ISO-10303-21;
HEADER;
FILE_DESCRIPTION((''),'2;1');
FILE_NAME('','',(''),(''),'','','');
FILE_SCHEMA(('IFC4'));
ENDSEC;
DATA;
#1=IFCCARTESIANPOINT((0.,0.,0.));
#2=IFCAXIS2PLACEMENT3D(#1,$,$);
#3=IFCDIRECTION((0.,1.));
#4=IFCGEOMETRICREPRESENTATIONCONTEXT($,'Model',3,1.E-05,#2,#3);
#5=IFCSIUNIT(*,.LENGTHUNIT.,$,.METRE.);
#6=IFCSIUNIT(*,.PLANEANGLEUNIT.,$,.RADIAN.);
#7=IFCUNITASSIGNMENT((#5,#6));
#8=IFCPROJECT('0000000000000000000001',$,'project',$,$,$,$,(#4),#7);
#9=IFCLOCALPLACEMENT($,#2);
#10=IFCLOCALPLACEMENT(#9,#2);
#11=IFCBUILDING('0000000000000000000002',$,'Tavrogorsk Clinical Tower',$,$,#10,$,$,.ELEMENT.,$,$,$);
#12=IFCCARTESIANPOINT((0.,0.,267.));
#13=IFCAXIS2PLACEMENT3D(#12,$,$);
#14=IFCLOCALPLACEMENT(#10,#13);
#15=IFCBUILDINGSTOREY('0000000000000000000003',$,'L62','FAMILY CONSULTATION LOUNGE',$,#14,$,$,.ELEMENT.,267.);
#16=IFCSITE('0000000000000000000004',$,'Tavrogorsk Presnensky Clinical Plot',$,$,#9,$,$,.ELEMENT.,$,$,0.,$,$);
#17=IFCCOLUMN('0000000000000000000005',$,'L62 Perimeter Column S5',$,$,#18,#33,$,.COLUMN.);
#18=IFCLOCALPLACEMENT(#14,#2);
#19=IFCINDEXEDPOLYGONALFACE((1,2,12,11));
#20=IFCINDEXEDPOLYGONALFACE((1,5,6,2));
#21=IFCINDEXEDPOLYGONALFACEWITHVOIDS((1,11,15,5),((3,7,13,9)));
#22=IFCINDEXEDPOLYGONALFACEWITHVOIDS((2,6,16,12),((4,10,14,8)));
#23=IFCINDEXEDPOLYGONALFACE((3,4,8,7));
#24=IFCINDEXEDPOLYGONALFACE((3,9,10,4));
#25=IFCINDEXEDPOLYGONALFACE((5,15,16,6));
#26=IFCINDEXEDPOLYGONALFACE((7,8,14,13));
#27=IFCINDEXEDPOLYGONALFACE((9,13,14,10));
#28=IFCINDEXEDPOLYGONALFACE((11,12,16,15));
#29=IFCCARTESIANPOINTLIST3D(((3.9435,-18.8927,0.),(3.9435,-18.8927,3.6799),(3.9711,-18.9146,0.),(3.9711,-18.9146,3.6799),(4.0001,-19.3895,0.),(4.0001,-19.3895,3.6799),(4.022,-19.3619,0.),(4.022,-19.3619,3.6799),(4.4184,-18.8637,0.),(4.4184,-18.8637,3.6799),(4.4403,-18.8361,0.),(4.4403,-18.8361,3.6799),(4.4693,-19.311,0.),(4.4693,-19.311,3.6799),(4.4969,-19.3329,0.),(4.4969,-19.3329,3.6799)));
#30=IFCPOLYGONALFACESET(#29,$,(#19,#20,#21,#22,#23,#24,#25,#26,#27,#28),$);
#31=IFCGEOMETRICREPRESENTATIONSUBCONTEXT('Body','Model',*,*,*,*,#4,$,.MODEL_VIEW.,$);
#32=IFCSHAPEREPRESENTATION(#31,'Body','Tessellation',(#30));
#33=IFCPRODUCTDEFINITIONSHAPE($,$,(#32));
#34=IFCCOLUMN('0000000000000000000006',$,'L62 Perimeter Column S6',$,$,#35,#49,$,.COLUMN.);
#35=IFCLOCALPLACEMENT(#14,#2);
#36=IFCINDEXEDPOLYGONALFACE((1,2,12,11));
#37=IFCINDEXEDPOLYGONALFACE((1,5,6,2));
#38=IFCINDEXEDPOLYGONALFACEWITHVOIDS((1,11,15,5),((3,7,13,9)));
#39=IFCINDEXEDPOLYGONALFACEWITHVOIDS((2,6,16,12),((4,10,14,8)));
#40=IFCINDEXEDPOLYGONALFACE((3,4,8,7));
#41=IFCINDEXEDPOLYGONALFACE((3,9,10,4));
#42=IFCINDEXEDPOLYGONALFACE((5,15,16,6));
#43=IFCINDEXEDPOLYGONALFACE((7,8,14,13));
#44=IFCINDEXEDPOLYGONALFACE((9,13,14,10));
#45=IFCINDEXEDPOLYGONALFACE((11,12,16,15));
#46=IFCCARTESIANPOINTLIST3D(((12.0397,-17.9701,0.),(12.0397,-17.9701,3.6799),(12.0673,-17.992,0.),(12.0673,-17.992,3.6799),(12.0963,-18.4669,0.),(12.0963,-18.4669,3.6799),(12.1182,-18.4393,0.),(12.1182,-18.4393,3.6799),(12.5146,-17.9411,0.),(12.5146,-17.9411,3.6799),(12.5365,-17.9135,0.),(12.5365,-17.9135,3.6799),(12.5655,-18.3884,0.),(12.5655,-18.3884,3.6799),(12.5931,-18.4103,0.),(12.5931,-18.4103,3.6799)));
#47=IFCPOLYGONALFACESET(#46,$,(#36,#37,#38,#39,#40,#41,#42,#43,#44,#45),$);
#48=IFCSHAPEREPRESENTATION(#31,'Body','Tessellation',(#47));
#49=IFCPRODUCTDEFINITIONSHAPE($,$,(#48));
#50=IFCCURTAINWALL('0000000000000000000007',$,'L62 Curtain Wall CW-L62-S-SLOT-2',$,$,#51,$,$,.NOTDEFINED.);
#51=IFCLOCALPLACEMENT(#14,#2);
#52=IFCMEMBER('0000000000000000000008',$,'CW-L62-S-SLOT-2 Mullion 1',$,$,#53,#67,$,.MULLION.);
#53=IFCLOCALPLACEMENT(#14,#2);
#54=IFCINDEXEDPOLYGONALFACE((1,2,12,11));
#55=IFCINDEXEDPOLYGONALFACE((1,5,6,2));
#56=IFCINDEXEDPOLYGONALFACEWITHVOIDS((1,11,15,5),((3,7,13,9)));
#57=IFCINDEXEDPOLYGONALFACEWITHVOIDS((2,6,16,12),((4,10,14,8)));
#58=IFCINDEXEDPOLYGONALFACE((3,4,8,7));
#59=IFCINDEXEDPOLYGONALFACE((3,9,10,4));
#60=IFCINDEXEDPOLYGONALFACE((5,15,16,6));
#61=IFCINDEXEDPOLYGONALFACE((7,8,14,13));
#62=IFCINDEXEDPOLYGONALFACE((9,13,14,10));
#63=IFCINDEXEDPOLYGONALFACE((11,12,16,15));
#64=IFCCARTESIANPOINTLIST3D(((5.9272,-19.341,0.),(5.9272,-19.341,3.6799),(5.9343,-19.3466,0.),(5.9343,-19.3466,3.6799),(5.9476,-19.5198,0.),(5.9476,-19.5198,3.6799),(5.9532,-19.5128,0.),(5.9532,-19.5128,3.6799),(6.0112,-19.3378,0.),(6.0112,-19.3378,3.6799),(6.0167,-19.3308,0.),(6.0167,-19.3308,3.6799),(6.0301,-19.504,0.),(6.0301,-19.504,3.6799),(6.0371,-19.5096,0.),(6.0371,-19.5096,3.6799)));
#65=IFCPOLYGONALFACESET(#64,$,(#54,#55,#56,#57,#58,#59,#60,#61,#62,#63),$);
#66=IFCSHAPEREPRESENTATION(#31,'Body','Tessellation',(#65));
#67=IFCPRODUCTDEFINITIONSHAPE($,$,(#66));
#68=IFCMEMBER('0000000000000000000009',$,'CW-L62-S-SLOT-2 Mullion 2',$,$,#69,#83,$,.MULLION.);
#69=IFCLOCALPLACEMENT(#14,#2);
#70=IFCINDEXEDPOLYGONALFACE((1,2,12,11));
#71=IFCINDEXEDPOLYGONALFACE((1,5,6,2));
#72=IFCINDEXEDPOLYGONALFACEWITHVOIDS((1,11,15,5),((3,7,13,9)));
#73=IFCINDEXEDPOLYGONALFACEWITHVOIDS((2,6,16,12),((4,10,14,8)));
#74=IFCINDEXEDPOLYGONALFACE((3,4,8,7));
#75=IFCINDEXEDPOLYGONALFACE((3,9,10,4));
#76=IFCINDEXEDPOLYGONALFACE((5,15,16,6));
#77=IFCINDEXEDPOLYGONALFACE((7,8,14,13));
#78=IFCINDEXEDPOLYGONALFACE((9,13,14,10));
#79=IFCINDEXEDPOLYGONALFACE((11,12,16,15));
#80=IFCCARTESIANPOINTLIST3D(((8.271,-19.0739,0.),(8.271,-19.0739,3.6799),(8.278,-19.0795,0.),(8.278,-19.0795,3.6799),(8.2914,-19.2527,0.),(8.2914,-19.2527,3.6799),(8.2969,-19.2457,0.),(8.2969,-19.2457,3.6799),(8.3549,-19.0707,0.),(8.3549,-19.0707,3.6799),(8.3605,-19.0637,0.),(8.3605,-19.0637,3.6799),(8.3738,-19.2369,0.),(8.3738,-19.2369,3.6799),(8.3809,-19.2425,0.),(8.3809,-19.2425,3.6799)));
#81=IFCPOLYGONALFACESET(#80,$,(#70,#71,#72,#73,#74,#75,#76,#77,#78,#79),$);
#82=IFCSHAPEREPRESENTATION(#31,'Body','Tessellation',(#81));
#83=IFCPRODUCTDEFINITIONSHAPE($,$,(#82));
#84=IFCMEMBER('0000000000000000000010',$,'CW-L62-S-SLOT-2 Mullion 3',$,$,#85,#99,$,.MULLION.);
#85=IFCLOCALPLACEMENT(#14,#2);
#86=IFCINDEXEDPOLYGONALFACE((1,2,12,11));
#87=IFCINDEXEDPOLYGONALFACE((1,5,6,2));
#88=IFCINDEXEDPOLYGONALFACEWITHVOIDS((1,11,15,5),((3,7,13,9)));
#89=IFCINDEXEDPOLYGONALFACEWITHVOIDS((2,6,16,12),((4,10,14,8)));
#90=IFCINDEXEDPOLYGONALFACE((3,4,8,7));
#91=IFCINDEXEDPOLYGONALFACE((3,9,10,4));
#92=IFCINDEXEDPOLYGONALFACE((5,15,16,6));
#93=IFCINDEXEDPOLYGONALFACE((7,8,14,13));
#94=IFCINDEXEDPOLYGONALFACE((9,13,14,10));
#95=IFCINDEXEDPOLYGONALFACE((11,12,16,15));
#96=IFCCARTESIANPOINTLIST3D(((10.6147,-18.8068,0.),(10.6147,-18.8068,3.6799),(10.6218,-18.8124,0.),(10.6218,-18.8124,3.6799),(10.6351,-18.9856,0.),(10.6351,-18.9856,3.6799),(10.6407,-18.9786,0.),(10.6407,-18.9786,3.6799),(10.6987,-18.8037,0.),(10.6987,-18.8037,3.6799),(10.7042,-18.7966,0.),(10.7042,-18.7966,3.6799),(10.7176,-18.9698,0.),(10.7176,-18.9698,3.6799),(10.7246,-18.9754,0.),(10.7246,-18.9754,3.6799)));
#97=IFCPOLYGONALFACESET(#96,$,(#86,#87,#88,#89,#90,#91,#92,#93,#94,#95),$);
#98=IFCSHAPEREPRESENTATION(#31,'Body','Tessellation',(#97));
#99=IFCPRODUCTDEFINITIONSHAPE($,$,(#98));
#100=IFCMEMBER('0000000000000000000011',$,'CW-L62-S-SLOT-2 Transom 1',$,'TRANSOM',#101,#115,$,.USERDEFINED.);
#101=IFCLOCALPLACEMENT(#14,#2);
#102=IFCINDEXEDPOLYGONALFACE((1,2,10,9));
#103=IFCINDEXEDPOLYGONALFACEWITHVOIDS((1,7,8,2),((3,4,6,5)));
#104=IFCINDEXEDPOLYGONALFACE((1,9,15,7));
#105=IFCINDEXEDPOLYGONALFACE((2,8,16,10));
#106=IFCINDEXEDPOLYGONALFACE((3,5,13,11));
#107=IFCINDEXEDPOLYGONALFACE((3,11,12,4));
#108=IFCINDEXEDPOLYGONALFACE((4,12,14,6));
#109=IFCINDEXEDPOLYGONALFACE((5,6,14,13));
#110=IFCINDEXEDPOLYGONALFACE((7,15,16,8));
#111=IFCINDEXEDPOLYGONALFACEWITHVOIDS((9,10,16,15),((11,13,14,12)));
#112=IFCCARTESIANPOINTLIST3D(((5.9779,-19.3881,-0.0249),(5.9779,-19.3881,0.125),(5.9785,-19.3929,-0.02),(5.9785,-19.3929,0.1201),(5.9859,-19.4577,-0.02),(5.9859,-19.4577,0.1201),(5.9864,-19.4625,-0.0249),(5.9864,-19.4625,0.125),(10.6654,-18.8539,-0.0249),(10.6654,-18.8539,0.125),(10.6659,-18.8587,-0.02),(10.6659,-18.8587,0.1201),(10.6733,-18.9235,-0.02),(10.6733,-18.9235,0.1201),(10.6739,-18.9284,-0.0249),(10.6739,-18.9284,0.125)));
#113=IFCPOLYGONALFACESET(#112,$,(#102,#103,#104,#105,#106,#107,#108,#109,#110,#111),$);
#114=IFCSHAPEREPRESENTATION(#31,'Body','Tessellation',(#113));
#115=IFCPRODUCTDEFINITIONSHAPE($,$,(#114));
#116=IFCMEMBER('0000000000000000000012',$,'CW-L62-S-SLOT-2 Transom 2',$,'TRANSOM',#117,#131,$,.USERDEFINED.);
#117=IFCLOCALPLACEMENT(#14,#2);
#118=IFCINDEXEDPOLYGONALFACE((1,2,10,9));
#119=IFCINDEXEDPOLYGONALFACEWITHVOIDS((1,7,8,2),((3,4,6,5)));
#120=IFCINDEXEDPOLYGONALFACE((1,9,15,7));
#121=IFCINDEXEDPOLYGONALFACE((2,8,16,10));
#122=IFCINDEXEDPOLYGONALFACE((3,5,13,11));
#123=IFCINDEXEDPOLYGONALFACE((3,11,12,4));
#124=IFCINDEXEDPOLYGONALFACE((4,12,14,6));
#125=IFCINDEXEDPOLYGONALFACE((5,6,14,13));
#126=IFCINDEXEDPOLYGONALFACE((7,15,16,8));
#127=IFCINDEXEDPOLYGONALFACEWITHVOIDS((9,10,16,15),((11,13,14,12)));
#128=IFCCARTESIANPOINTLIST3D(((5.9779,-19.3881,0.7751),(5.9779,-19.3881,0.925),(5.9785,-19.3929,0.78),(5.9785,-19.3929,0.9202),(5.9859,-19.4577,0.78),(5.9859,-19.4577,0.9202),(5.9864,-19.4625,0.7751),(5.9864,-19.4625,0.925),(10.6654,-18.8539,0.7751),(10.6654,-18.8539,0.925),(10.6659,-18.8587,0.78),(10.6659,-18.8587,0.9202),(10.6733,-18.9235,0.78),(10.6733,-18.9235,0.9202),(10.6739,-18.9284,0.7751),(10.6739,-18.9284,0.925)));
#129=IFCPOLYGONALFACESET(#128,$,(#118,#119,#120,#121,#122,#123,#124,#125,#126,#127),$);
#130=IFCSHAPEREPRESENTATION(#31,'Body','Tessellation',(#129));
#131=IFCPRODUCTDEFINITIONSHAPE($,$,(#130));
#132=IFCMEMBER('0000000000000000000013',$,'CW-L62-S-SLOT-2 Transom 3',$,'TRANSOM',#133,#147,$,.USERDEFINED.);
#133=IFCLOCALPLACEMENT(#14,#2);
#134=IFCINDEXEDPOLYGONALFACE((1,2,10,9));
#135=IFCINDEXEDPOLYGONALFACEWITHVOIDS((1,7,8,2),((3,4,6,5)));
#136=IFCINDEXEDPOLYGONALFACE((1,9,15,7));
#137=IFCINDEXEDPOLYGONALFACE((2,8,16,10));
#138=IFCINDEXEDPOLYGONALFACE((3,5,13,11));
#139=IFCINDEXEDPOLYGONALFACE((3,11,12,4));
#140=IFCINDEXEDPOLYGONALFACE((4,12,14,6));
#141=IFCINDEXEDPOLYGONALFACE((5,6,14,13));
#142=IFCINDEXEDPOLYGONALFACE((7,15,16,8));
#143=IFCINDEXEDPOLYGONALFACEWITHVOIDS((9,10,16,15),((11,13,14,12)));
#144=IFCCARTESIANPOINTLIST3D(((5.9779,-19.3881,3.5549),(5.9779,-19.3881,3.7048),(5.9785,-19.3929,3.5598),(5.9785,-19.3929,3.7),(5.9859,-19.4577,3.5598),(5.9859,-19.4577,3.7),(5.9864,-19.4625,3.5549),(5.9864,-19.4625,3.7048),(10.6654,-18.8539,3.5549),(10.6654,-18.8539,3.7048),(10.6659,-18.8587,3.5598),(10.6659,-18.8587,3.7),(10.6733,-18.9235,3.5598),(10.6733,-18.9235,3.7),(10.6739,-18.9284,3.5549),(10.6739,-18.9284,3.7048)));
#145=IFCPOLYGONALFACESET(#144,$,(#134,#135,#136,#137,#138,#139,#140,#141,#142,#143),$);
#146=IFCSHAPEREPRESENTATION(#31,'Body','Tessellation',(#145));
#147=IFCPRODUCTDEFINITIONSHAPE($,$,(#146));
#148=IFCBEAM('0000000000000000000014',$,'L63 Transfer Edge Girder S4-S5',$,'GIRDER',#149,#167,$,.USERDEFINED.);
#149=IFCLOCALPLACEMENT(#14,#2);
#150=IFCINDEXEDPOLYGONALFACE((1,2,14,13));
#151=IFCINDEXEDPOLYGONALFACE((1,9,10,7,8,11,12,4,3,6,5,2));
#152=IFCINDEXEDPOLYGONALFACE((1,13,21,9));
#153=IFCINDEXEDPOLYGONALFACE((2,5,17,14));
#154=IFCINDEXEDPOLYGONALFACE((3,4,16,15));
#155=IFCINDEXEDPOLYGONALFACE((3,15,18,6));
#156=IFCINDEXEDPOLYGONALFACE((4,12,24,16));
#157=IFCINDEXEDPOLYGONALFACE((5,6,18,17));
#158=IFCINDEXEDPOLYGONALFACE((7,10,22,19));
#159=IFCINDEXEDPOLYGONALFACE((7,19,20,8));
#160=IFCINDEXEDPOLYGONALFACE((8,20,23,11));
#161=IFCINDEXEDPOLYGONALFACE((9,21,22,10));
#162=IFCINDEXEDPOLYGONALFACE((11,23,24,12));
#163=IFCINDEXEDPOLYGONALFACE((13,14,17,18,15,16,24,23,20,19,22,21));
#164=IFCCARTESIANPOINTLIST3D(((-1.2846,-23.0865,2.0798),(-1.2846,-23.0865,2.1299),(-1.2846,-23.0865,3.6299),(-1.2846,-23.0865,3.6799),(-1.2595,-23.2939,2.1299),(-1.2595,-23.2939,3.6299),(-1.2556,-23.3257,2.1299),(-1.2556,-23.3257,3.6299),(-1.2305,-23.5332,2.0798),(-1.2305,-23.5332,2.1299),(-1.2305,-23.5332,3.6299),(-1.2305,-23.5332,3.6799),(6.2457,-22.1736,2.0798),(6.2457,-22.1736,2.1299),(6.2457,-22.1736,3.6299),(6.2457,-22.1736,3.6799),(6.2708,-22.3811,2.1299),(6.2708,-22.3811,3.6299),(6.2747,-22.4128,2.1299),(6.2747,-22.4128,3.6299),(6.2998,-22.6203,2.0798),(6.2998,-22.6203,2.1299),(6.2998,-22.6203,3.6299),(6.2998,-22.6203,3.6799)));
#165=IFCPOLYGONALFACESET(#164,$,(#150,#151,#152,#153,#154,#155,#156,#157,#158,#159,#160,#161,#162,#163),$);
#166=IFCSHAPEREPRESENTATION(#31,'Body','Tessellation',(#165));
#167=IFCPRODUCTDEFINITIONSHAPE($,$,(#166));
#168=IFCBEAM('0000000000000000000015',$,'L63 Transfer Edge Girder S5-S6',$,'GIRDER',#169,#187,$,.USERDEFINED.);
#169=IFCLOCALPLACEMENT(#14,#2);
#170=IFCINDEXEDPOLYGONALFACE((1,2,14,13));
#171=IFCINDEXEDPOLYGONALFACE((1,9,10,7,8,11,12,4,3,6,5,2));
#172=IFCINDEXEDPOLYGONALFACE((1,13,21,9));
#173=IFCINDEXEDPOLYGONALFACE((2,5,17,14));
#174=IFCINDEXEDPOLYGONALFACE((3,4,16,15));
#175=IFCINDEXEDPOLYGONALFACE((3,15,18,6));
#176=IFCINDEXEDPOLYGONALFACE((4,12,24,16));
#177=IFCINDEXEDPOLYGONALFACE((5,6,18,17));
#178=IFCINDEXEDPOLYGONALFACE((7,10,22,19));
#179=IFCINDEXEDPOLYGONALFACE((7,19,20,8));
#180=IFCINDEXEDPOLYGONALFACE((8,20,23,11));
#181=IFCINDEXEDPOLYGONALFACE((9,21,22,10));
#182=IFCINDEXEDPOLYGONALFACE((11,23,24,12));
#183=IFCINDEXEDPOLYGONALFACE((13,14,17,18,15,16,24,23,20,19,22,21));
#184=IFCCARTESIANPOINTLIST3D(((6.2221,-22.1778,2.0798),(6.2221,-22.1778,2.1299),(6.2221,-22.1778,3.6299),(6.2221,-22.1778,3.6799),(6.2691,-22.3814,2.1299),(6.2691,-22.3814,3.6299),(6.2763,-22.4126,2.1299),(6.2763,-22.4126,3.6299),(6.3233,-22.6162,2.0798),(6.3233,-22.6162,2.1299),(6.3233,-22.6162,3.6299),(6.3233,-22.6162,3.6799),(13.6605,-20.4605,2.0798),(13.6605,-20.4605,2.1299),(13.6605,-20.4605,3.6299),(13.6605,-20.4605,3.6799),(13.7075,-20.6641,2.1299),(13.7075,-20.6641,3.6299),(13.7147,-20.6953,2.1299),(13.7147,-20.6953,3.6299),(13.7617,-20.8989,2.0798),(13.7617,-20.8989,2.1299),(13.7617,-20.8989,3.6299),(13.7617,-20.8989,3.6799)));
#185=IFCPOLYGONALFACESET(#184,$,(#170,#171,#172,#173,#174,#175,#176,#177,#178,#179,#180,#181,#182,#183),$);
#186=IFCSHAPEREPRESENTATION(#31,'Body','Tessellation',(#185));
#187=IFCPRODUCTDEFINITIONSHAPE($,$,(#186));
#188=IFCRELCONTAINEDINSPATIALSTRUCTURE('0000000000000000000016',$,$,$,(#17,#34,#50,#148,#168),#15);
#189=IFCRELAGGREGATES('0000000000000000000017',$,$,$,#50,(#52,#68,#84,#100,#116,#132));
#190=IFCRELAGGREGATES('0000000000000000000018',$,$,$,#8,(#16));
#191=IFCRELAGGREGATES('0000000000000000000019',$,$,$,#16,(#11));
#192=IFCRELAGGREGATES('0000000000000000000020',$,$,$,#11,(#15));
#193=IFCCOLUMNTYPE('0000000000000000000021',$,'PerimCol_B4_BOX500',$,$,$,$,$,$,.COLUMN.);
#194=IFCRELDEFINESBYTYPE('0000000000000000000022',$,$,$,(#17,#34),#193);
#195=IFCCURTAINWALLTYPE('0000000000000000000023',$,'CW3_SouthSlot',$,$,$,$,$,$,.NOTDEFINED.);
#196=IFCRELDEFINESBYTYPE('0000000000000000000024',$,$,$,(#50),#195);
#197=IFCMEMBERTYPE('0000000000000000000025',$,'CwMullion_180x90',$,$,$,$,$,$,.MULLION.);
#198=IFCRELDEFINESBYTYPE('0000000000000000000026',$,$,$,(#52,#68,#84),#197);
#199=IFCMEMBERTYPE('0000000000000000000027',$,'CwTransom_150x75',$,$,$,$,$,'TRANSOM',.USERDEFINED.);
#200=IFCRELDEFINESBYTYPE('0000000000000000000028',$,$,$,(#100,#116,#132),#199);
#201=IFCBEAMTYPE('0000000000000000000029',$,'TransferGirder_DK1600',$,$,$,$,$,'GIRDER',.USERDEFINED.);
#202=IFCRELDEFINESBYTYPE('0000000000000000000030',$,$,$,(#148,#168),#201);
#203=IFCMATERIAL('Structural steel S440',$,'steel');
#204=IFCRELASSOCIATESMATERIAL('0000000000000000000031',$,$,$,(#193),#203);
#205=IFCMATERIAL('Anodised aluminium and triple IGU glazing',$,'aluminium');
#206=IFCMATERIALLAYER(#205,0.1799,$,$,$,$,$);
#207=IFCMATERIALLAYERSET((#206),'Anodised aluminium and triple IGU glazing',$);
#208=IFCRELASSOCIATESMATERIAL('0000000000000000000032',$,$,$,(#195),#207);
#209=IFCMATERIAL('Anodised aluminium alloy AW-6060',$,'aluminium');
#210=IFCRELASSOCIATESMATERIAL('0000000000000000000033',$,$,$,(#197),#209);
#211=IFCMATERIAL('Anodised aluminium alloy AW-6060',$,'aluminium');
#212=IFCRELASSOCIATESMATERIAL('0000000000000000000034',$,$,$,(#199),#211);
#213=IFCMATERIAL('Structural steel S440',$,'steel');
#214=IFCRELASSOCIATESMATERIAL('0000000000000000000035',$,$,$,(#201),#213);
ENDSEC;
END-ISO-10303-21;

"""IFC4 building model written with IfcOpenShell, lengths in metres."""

from ifc_helpers import new_model, si_unit, direction, frame, origin, origin_2d, place, context, subcontext, project, spatial, hollow_rectangle, i_section, extrude, material, layer, layer_set, material_profile, profile_set, type_object, element, aggregate, save


model = new_model("IFC4")

# Units and contexts
model_context = context("Model", 3, precision=1e-05, world=origin(), true_north=direction((0.0, 1.0)))
body_context = subcontext(model_context, "Body", "Model", "MODEL_VIEW")
ifc_project = project(units=[si_unit("LENGTHUNIT", "METRE"), si_unit("PLANEANGLEUNIT", "RADIAN")], contexts=[model_context])

# Site, building, storey
site_placement = place(None, origin())
site = spatial("IfcSite", under=ifc_project, at=site_placement, Name="Tavrogorsk Presnensky Clinical Plot", CompositionType="ELEMENT", RefElevation=0.0)
building_placement = place(site_placement, origin())
building = spatial("IfcBuilding", under=site, at=building_placement, Name="Tavrogorsk Clinical Tower", CompositionType="ELEMENT")
storey_placement = place(building_placement, frame((0.0, 0.0, 267.0)))
storey = spatial("IfcBuildingStorey", under=building, at=storey_placement, Name="L62", Description="FAMILY CONSULTATION LOUNGE", CompositionType="ELEMENT", Elevation=267.0)

# Columns
ifc_material_1 = material(Name="Structural steel S440", Category="steel")
ifc_material_profile_1 = material_profile(ifc_material_1, hollow_rectangle(XDim=0.5, YDim=0.5, WallThickness=0.0249, at=origin_2d()), Name="BOX-500x500x25")
ifc_profile_set_1 = profile_set([ifc_material_profile_1], Name="Structural steel S440")
column_type = type_object("IfcColumnType", Name="PerimCol_B4_BOX500", PredefinedType="COLUMN", material=ifc_profile_set_1)
for number, where, z_axis, x_axis, name in (
    (1, (4.2202, -19.1128, 0.0), (0.0, 0.0, 1.0), (0.993572, 0.113203, 0.0), "L62 Perimeter Column S5"),
    (2, (12.3164, -18.1902, 0.0), (0.0, 0.0, 1.0), (0.993572, 0.113203, 0.0), "L62 Perimeter Column S6"),
):
    element("IfcColumn", number, at=place(storey_placement, frame(where, z_axis=z_axis, x_axis=x_axis)), inside=storey, type_object=column_type, Name=name, PredefinedType="COLUMN", context=body_context, shape_type="SweptSolid", body=[
        extrude(hollow_rectangle(XDim=0.5, YDim=0.5, WallThickness=0.0249, at=origin_2d()), origin(), (0.0, 0.0, 1.0), 3.6799),
    ])

# Curtain wall, members
ifc_material_2 = material(Name="Anodised aluminium and triple IGU glazing", Category="aluminium")
ifc_layer_1 = layer(ifc_material_2, 0.1799)
ifc_layer_set_1 = layer_set([ifc_layer_1], Name="Anodised aluminium and triple IGU glazing")
curtain_wall_type = type_object("IfcCurtainWallType", Name="CW3_SouthSlot", PredefinedType="NOTDEFINED", material=ifc_layer_set_1)
curtain_wall_placement = place(storey_placement, origin())
curtain_wall = element("IfcCurtainWall", 3, at=curtain_wall_placement, inside=storey, type_object=curtain_wall_type, Name="L62 Curtain Wall CW-L62-S-SLOT-2", PredefinedType="NOTDEFINED")
ifc_material_3 = material(Name="Anodised aluminium alloy AW-6060", Category="aluminium")
ifc_material_profile_2 = material_profile(ifc_material_3, hollow_rectangle(XDim=0.0901, YDim=0.1799, WallThickness=0.0063, at=origin_2d()), Name="RHS-180x90x6.3")
ifc_profile_set_2 = profile_set([ifc_material_profile_2], Name="Anodised aluminium alloy AW-6060")
member_type_1 = type_object("IfcMemberType", Name="CwMullion_180x90", PredefinedType="MULLION", material=ifc_profile_set_2)
member_1_placement = place(storey_placement, frame((5.9822, -19.4253, 0.0), z_axis=(0.0, 0.0, 1.0), x_axis=(0.993572, 0.113203, 0.0)))
member_1 = element("IfcMember", 4, at=member_1_placement, type_object=member_type_1, Name="CW-L62-S-SLOT-2 Mullion 1", PredefinedType="MULLION", context=body_context, shape_type="SweptSolid", body=[
    extrude(hollow_rectangle(XDim=0.0901, YDim=0.1799, WallThickness=0.0063, at=origin_2d()), origin(), (0.0, 0.0, 1.0), 3.6799),
])
member_2_placement = place(storey_placement, frame((8.3259, -19.1582, 0.0), z_axis=(0.0, 0.0, 1.0), x_axis=(0.993572, 0.113203, 0.0)))
member_2 = element("IfcMember", 5, at=member_2_placement, type_object=member_type_1, Name="CW-L62-S-SLOT-2 Mullion 2", PredefinedType="MULLION", context=body_context, shape_type="SweptSolid", body=[
    extrude(hollow_rectangle(XDim=0.0901, YDim=0.1799, WallThickness=0.0063, at=origin_2d()), origin(), (0.0, 0.0, 1.0), 3.6799),
])
member_3_placement = place(storey_placement, frame((10.6697, -18.8911, 0.0), z_axis=(0.0, 0.0, 1.0), x_axis=(0.993572, 0.113203, 0.0)))
member_3 = element("IfcMember", 6, at=member_3_placement, type_object=member_type_1, Name="CW-L62-S-SLOT-2 Mullion 3", PredefinedType="MULLION", context=body_context, shape_type="SweptSolid", body=[
    extrude(hollow_rectangle(XDim=0.0901, YDim=0.1799, WallThickness=0.0063, at=origin_2d()), origin(), (0.0, 0.0, 1.0), 3.6799),
])
ifc_material_4 = material(Name="Anodised aluminium alloy AW-6060", Category="aluminium")
ifc_material_profile_3 = material_profile(ifc_material_4, hollow_rectangle(XDim=0.075, YDim=0.1499, WallThickness=0.0049, at=origin_2d()), Name="RHS-150x75x5")
ifc_profile_set_3 = profile_set([ifc_material_profile_3], Name="Anodised aluminium alloy AW-6060")
member_type_2 = type_object("IfcMemberType", Name="CwTransom_150x75", ElementType="TRANSOM", PredefinedType="USERDEFINED", material=ifc_profile_set_3)
member_4_placement = place(storey_placement, frame((5.9822, -19.4253, 0.05), z_axis=(0.993569, 0.113226, 0.0), x_axis=(-0.113226, 0.993569, 0.0)))
member_4 = element("IfcMember", 7, at=member_4_placement, type_object=member_type_2, Name="CW-L62-S-SLOT-2 Transom 1", ObjectType="TRANSOM", PredefinedType="USERDEFINED", context=body_context, shape_type="SweptSolid", body=[
    extrude(hollow_rectangle(XDim=0.075, YDim=0.1499, WallThickness=0.0049, at=origin_2d()), origin(), (0.0, 0.0, 1.0), 4.7178),
])
member_5_placement = place(storey_placement, frame((5.9822, -19.4253, 0.8501), z_axis=(0.993569, 0.113226, 0.0), x_axis=(-0.113226, 0.993569, 0.0)))
member_5 = element("IfcMember", 8, at=member_5_placement, type_object=member_type_2, Name="CW-L62-S-SLOT-2 Transom 2", ObjectType="TRANSOM", PredefinedType="USERDEFINED", context=body_context, shape_type="SweptSolid", body=[
    extrude(hollow_rectangle(XDim=0.075, YDim=0.1499, WallThickness=0.0049, at=origin_2d()), origin(), (0.0, 0.0, 1.0), 4.7178),
])
member_6_placement = place(storey_placement, frame((5.9822, -19.4253, 3.6299), z_axis=(0.993569, 0.113226, 0.0), x_axis=(-0.113226, 0.993569, 0.0)))
member_6 = element("IfcMember", 9, at=member_6_placement, type_object=member_type_2, Name="CW-L62-S-SLOT-2 Transom 3", ObjectType="TRANSOM", PredefinedType="USERDEFINED", context=body_context, shape_type="SweptSolid", body=[
    extrude(hollow_rectangle(XDim=0.075, YDim=0.1499, WallThickness=0.0049, at=origin_2d()), origin(), (0.0, 0.0, 1.0), 4.7178),
])

# Beams
ifc_material_5 = material(Name="Structural steel S440", Category="steel")
ifc_material_profile_4 = material_profile(ifc_material_5, i_section(OverallWidth=0.45, OverallDepth=1.6001, WebThickness=0.032, FlangeThickness=0.05, at=origin_2d()), Name="DK-1600x450x32x50")
ifc_profile_set_4 = profile_set([ifc_material_profile_4], Name="Structural steel S440")
beam_type_1 = type_object("IfcBeamType", Name="TransferGirder_DK1600", ElementType="GIRDER", PredefinedType="USERDEFINED", material=ifc_profile_set_4)
beam_1_placement = place(storey_placement, frame((-1.2576, -23.3098, 2.8799), z_axis=(0.992733, 0.120342, 0.0), x_axis=(-0.120342, 0.992733, 0.0)))
element("IfcBeam", 10, at=beam_1_placement, inside=storey, type_object=beam_type_1, Name="L63 Transfer Edge Girder S4-S5", ObjectType="GIRDER", PredefinedType="USERDEFINED", context=body_context, shape_type="SweptSolid", body=[
    extrude(i_section(OverallWidth=0.45, OverallDepth=1.6001, WebThickness=0.032, FlangeThickness=0.05, at=origin_2d()), origin(), (0.0, 0.0, 1.0), 7.5854),
])
beam_2_placement = place(storey_placement, frame((6.2727, -22.397, 2.8799), z_axis=(0.974371, 0.224948, 0.0), x_axis=(-0.224948, 0.974371, 0.0)))
element("IfcBeam", 11, at=beam_2_placement, inside=storey, type_object=beam_type_1, Name="L63 Transfer Edge Girder S5-S6", ObjectType="GIRDER", PredefinedType="USERDEFINED", context=body_context, shape_type="SweptSolid", body=[
    extrude(i_section(OverallWidth=0.45, OverallDepth=1.6001, WebThickness=0.032, FlangeThickness=0.05, at=origin_2d()), origin(), (0.0, 0.0, 1.0), 7.634),
])

aggregate(curtain_wall, [member_1, member_2, member_3, member_4, member_5, member_6])

save(model, "model.ifc")
